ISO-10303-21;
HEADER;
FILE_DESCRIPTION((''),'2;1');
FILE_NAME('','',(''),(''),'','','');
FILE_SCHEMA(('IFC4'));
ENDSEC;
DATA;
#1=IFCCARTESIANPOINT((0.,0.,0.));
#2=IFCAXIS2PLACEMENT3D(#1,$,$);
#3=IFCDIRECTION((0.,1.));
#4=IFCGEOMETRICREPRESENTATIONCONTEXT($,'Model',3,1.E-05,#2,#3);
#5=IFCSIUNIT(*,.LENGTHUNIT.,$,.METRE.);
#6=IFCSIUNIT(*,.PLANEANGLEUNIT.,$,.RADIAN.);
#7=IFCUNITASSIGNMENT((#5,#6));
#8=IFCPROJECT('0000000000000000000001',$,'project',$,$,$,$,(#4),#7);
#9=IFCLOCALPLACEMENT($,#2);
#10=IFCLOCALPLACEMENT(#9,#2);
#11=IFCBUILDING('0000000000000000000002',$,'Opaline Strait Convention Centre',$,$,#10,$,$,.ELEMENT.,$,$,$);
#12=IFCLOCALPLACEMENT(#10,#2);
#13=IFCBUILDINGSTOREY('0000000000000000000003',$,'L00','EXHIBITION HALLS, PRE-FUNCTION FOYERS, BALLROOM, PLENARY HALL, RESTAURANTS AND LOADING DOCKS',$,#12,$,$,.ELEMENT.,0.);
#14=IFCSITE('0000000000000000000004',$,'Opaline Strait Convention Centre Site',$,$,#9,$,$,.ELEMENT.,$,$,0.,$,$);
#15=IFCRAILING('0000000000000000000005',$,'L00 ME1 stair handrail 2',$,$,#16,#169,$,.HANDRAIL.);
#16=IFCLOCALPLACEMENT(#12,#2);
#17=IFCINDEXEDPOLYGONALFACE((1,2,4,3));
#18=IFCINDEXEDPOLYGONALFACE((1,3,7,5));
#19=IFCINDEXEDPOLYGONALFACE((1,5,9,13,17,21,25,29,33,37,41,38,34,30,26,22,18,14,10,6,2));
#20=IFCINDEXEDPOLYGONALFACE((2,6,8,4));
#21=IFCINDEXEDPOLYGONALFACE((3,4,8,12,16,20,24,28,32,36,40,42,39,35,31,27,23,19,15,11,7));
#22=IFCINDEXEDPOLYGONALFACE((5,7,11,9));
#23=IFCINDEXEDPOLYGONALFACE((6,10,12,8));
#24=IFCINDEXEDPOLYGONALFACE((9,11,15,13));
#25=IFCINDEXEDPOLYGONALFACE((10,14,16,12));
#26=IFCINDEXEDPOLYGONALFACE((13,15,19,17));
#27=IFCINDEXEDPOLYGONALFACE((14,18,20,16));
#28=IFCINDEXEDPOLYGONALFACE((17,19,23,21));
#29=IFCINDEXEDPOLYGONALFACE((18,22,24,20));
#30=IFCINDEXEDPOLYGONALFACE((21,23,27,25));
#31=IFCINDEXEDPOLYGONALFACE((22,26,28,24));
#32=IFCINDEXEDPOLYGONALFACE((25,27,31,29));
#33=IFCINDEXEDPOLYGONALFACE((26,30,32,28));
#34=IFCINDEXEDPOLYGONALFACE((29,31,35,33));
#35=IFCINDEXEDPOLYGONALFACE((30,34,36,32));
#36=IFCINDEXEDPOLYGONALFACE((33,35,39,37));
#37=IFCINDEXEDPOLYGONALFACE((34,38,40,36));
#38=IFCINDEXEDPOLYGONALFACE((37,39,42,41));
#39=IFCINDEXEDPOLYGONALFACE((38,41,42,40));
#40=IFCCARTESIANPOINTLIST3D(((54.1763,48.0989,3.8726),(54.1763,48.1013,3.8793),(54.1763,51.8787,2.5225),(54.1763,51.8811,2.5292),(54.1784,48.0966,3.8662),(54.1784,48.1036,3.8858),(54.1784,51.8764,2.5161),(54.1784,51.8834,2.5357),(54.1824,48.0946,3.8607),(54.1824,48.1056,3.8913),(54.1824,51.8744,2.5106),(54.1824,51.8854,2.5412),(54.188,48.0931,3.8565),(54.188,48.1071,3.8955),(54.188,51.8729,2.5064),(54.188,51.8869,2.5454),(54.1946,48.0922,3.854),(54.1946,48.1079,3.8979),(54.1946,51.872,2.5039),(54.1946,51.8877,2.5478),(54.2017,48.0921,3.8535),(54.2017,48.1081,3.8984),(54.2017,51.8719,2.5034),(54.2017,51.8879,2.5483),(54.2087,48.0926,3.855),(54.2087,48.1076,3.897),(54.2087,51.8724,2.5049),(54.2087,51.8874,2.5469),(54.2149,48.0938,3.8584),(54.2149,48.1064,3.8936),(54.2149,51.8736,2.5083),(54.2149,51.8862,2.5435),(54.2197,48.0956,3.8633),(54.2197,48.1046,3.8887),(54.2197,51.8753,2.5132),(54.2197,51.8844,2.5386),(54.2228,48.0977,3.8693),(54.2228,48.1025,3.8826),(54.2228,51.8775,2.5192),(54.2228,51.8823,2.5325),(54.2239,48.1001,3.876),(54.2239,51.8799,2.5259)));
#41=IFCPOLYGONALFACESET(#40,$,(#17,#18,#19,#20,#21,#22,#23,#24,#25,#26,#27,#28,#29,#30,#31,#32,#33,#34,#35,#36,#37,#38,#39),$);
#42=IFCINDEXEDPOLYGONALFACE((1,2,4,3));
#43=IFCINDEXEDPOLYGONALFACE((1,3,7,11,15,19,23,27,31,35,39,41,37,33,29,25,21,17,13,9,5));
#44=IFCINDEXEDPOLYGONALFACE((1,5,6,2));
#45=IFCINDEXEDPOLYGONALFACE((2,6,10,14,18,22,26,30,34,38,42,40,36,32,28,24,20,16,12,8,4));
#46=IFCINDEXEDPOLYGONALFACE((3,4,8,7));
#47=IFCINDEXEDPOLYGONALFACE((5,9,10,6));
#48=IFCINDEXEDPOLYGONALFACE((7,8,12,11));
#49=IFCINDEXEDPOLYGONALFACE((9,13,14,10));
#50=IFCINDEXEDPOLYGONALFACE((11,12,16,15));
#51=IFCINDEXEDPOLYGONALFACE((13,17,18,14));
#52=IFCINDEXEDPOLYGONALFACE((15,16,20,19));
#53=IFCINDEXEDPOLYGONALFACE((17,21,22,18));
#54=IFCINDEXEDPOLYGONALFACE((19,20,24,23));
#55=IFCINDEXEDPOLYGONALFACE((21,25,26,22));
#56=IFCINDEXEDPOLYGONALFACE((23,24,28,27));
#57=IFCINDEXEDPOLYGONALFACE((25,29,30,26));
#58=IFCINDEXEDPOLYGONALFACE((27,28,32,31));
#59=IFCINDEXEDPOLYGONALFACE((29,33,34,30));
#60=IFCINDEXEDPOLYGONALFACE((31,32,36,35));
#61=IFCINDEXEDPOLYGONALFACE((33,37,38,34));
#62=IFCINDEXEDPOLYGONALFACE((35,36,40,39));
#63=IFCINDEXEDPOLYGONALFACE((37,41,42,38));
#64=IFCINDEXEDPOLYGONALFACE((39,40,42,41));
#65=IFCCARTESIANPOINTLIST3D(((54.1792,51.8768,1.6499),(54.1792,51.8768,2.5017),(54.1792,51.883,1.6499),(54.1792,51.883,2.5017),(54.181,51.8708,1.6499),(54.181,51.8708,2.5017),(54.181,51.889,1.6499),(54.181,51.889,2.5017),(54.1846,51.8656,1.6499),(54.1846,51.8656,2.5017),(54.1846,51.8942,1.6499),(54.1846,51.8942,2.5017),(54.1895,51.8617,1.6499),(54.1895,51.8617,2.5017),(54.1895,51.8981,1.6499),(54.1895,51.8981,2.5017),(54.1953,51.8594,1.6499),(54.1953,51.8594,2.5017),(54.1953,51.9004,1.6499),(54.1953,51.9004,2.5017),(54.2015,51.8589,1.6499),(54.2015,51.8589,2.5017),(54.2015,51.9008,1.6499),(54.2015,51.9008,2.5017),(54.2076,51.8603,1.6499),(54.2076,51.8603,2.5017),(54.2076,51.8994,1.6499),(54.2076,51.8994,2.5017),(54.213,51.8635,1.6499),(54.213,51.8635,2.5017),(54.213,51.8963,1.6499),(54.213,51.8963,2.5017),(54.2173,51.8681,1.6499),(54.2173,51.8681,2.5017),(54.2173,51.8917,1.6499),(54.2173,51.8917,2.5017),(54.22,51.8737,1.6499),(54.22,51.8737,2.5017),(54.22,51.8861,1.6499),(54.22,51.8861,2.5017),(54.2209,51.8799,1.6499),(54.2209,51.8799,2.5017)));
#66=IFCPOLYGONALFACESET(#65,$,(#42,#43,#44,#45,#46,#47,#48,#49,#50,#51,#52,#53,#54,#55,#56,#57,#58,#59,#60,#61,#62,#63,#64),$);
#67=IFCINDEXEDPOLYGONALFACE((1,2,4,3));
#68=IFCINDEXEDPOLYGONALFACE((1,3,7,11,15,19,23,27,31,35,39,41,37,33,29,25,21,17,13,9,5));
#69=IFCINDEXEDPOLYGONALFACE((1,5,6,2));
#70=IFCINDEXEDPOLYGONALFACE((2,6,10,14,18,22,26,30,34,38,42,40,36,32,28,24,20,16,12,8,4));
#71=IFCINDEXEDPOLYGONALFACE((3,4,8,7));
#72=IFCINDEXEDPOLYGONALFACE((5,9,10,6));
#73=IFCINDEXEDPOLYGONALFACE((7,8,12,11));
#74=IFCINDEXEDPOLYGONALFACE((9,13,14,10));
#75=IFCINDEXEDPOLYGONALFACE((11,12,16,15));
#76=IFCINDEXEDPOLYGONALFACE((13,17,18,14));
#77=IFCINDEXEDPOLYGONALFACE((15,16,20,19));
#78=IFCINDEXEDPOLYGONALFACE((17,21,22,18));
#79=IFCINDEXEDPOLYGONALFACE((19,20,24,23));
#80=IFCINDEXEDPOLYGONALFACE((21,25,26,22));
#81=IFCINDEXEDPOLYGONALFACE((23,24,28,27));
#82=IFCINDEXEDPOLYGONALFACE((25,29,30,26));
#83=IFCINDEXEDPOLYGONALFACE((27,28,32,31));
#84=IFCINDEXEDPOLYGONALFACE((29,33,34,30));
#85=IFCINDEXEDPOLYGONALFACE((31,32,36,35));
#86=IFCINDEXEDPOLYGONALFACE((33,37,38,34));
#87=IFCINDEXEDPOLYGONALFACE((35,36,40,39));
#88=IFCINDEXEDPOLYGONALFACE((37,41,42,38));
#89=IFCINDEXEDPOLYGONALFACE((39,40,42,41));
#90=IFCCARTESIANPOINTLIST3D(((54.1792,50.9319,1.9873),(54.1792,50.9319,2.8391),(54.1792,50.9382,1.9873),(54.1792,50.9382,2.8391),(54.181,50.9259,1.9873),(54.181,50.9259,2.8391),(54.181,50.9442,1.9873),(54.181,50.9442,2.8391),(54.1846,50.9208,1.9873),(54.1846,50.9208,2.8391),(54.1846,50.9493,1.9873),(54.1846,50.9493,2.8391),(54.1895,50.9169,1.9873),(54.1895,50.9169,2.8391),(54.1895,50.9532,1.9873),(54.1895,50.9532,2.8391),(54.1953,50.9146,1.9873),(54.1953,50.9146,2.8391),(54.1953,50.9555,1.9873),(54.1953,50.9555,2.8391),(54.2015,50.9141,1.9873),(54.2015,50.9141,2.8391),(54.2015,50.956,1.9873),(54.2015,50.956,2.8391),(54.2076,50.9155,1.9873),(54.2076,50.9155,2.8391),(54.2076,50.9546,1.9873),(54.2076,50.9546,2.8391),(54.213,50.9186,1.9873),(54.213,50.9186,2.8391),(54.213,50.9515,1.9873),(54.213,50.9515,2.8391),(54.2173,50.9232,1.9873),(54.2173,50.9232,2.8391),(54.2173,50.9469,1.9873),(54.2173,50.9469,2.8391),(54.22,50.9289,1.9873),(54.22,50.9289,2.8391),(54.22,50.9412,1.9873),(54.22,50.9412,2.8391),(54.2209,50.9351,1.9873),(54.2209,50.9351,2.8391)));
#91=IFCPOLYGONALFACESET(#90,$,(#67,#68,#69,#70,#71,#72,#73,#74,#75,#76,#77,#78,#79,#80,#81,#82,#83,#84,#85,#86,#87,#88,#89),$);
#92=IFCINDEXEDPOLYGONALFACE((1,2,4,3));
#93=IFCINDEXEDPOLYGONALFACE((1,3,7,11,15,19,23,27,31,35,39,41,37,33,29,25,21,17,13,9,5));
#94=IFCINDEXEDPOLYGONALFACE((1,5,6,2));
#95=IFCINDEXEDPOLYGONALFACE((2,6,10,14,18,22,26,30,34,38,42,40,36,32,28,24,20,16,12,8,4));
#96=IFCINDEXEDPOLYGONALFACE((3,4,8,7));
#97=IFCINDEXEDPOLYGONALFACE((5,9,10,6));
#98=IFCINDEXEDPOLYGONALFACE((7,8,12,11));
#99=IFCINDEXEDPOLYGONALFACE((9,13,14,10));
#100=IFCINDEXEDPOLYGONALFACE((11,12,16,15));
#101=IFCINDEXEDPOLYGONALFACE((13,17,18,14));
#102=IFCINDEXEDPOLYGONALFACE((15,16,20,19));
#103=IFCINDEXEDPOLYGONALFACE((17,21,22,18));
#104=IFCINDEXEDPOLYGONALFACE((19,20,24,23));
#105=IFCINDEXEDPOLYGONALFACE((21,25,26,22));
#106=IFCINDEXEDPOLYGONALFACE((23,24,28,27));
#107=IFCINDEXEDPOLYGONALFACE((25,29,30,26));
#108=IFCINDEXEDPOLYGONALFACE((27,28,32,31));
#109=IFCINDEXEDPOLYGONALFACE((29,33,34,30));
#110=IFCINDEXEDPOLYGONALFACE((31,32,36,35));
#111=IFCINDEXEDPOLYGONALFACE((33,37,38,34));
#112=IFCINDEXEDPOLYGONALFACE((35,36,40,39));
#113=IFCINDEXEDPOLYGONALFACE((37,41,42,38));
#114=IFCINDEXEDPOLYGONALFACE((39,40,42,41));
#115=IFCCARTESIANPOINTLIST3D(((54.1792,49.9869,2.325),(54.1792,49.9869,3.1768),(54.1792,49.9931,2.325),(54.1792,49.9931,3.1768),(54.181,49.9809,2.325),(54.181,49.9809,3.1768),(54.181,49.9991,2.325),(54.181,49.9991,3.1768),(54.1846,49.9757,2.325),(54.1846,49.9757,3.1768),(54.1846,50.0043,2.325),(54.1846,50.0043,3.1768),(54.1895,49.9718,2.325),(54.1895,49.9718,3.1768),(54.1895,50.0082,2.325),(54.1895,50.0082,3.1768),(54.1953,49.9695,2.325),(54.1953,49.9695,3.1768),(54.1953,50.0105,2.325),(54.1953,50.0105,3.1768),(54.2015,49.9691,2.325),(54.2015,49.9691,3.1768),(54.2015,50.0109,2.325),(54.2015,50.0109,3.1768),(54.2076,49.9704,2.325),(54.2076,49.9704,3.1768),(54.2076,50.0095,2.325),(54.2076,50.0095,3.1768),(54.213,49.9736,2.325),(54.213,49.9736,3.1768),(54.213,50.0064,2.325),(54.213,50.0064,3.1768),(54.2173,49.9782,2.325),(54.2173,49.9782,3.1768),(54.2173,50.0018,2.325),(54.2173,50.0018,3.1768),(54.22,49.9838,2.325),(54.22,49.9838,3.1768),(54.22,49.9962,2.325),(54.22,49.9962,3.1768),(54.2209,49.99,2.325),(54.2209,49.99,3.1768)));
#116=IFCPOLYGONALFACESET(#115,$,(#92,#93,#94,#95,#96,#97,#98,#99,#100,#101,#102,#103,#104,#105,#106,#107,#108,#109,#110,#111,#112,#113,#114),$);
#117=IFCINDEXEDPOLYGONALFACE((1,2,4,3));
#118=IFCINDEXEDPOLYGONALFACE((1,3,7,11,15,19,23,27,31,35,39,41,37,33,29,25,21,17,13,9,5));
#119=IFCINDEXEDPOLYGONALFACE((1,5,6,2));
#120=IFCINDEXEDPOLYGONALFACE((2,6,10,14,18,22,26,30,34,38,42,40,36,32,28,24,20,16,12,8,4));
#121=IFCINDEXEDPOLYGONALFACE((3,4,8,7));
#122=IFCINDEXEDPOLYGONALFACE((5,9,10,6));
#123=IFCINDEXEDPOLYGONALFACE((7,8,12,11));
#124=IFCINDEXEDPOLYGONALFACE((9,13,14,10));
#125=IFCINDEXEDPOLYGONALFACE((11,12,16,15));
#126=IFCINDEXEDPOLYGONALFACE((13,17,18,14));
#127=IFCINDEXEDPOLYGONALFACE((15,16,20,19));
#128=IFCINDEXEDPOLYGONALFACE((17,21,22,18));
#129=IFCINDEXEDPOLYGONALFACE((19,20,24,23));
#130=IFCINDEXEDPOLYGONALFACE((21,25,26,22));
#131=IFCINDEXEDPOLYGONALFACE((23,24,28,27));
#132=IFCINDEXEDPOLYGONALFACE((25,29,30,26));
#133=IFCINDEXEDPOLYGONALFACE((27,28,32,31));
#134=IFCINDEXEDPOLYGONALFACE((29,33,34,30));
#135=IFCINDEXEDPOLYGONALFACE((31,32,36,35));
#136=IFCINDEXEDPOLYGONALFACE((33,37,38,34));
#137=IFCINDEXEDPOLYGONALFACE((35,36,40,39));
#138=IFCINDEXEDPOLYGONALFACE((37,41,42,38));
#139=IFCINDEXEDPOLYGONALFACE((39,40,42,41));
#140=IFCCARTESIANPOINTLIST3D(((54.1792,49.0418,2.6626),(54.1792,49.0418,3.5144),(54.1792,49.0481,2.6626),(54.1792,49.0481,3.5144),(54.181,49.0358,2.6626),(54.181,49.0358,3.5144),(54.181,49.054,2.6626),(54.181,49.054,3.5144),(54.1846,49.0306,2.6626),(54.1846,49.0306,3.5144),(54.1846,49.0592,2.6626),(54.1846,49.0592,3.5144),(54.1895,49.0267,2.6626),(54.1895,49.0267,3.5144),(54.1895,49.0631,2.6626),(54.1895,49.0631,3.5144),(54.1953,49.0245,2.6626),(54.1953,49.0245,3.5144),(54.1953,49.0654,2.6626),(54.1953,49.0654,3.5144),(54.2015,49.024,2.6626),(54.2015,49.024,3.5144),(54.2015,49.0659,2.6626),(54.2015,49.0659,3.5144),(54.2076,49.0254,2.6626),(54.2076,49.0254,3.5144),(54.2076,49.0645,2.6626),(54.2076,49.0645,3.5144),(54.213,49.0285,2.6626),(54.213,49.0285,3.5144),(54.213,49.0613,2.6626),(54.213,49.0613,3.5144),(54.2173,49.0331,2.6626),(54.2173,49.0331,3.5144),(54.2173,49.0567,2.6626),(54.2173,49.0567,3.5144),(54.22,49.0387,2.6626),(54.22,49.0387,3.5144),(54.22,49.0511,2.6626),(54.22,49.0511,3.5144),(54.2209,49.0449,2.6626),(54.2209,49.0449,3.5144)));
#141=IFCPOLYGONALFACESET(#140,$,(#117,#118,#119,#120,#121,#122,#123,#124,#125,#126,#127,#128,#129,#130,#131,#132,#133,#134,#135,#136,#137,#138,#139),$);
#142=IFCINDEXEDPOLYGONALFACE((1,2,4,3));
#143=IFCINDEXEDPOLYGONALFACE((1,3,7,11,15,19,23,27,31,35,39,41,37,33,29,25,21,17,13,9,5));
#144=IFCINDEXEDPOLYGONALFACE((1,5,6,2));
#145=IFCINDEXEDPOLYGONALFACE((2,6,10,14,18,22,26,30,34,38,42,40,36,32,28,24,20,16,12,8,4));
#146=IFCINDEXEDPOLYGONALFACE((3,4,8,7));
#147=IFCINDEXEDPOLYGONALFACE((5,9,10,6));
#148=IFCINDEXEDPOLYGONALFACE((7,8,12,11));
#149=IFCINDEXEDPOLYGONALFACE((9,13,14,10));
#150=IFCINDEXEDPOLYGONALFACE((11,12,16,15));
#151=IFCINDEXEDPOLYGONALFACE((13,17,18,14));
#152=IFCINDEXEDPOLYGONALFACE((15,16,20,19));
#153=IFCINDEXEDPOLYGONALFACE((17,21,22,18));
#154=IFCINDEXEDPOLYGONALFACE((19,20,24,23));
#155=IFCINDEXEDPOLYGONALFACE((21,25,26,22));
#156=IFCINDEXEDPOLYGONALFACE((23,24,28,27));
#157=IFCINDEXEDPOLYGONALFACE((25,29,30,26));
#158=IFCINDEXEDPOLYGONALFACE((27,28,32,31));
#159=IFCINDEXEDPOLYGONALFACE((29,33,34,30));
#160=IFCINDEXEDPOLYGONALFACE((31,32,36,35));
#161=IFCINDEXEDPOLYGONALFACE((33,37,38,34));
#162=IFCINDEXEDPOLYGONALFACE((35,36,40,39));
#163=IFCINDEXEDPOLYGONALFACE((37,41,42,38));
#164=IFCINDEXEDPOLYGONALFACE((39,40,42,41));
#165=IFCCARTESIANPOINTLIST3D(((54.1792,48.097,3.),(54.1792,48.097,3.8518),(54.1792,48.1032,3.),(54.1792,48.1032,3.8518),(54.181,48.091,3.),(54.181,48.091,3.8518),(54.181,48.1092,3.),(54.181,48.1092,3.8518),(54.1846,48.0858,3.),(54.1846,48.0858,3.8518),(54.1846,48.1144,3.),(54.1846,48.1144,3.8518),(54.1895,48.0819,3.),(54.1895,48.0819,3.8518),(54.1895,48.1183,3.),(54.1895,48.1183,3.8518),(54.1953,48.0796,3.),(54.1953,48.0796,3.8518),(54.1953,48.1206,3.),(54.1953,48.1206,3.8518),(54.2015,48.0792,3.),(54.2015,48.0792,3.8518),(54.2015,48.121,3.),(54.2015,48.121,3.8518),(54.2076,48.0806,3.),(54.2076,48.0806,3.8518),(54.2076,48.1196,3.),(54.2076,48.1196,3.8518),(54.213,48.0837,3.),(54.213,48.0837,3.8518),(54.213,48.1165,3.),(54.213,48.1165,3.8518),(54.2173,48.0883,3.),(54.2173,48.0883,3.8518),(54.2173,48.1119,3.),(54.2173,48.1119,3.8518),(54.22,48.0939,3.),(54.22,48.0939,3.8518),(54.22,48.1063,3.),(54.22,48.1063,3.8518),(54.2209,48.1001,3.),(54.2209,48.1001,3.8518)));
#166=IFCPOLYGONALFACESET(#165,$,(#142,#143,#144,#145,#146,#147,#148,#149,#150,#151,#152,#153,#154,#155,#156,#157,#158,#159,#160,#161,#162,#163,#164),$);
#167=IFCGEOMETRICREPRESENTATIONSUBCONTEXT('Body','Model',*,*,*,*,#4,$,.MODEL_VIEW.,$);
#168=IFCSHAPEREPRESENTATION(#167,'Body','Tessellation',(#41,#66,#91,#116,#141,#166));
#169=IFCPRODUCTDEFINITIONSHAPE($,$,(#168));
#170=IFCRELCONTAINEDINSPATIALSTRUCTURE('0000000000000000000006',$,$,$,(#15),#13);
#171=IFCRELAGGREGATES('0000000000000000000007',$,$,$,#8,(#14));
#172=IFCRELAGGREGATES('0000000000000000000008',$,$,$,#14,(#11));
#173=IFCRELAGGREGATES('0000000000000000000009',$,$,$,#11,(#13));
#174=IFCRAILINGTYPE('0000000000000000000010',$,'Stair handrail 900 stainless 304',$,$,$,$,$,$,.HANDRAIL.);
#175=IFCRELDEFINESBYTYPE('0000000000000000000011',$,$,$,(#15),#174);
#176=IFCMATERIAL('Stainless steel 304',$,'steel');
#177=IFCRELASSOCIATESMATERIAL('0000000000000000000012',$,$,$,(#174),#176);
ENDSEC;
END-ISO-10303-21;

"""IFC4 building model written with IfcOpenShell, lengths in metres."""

from ifc_helpers import new_model, si_unit, direction, frame, origin, origin_2d, place, context, subcontext, project, spatial, circle, extrude, material, type_object, element, save


model = new_model("IFC4")

# Units and contexts
model_context = context("Model", 3, precision=1e-05, world=origin(), true_north=direction((0.0, 1.0)))
body_context = subcontext(model_context, "Body", "Model", "MODEL_VIEW")
ifc_project = project(units=[si_unit("LENGTHUNIT", "METRE"), si_unit("PLANEANGLEUNIT", "RADIAN")], contexts=[model_context])

# Site, building, storey
site_placement = place(None, origin())
site = spatial("IfcSite", under=ifc_project, at=site_placement, Name="Opaline Strait Convention Centre Site", CompositionType="ELEMENT", RefElevation=0.0)
building_placement = place(site_placement, origin())
building = spatial("IfcBuilding", under=site, at=building_placement, Name="Opaline Strait Convention Centre", CompositionType="ELEMENT")
storey_placement = place(building_placement, origin())
storey = spatial("IfcBuildingStorey", under=building, at=storey_placement, Name="L00", Description="EXHIBITION HALLS, PRE-FUNCTION FOYERS, BALLROOM, PLENARY HALL, RESTAURANTS AND LOADING DOCKS", CompositionType="ELEMENT", Elevation=0.0)

# Railing
ifc_material_1 = material(Name="Stainless steel 304", Category="steel")
railing_type_1 = type_object("IfcRailingType", Name="Stair handrail 900 stainless 304", PredefinedType="HANDRAIL", material=ifc_material_1)
railing_1_placement = place(storey_placement, frame((54.2, 51.8799, 1.6499)))
element("IfcRailing", 1, at=railing_1_placement, inside=storey, type_object=railing_type_1, Name="L00 ME1 stair handrail 2", PredefinedType="HANDRAIL", context=body_context, shape_type="SweptSolid", body=[
    extrude(circle(Radius=0.0239, at=origin_2d()), frame((0.0, 0.0, 0.876), z_axis=(0.0, -0.941728, 0.336375), x_axis=(1.0, 0.0, 0.0)), (0.0, 0.0, 1.0), 4.0137),
    extrude(circle(Radius=0.021, at=origin_2d()), origin(), (0.0, 0.0, 1.0), 0.8518),
    extrude(circle(Radius=0.021, at=origin_2d()), frame((0.0, -0.9448, 0.3374)), (0.0, 0.0, 1.0), 0.8518),
    extrude(circle(Radius=0.021, at=origin_2d()), frame((0.0, -1.8899, 0.675)), (0.0, 0.0, 1.0), 0.8518),
    extrude(circle(Radius=0.021, at=origin_2d()), frame((0.0, -2.835, 1.0127)), (0.0, 0.0, 1.0), 0.8518),
    extrude(circle(Radius=0.021, at=origin_2d()), frame((0.0, -3.7798, 1.3501)), (0.0, 0.0, 1.0), 0.8518),
])

save(model, "model.ifc")
